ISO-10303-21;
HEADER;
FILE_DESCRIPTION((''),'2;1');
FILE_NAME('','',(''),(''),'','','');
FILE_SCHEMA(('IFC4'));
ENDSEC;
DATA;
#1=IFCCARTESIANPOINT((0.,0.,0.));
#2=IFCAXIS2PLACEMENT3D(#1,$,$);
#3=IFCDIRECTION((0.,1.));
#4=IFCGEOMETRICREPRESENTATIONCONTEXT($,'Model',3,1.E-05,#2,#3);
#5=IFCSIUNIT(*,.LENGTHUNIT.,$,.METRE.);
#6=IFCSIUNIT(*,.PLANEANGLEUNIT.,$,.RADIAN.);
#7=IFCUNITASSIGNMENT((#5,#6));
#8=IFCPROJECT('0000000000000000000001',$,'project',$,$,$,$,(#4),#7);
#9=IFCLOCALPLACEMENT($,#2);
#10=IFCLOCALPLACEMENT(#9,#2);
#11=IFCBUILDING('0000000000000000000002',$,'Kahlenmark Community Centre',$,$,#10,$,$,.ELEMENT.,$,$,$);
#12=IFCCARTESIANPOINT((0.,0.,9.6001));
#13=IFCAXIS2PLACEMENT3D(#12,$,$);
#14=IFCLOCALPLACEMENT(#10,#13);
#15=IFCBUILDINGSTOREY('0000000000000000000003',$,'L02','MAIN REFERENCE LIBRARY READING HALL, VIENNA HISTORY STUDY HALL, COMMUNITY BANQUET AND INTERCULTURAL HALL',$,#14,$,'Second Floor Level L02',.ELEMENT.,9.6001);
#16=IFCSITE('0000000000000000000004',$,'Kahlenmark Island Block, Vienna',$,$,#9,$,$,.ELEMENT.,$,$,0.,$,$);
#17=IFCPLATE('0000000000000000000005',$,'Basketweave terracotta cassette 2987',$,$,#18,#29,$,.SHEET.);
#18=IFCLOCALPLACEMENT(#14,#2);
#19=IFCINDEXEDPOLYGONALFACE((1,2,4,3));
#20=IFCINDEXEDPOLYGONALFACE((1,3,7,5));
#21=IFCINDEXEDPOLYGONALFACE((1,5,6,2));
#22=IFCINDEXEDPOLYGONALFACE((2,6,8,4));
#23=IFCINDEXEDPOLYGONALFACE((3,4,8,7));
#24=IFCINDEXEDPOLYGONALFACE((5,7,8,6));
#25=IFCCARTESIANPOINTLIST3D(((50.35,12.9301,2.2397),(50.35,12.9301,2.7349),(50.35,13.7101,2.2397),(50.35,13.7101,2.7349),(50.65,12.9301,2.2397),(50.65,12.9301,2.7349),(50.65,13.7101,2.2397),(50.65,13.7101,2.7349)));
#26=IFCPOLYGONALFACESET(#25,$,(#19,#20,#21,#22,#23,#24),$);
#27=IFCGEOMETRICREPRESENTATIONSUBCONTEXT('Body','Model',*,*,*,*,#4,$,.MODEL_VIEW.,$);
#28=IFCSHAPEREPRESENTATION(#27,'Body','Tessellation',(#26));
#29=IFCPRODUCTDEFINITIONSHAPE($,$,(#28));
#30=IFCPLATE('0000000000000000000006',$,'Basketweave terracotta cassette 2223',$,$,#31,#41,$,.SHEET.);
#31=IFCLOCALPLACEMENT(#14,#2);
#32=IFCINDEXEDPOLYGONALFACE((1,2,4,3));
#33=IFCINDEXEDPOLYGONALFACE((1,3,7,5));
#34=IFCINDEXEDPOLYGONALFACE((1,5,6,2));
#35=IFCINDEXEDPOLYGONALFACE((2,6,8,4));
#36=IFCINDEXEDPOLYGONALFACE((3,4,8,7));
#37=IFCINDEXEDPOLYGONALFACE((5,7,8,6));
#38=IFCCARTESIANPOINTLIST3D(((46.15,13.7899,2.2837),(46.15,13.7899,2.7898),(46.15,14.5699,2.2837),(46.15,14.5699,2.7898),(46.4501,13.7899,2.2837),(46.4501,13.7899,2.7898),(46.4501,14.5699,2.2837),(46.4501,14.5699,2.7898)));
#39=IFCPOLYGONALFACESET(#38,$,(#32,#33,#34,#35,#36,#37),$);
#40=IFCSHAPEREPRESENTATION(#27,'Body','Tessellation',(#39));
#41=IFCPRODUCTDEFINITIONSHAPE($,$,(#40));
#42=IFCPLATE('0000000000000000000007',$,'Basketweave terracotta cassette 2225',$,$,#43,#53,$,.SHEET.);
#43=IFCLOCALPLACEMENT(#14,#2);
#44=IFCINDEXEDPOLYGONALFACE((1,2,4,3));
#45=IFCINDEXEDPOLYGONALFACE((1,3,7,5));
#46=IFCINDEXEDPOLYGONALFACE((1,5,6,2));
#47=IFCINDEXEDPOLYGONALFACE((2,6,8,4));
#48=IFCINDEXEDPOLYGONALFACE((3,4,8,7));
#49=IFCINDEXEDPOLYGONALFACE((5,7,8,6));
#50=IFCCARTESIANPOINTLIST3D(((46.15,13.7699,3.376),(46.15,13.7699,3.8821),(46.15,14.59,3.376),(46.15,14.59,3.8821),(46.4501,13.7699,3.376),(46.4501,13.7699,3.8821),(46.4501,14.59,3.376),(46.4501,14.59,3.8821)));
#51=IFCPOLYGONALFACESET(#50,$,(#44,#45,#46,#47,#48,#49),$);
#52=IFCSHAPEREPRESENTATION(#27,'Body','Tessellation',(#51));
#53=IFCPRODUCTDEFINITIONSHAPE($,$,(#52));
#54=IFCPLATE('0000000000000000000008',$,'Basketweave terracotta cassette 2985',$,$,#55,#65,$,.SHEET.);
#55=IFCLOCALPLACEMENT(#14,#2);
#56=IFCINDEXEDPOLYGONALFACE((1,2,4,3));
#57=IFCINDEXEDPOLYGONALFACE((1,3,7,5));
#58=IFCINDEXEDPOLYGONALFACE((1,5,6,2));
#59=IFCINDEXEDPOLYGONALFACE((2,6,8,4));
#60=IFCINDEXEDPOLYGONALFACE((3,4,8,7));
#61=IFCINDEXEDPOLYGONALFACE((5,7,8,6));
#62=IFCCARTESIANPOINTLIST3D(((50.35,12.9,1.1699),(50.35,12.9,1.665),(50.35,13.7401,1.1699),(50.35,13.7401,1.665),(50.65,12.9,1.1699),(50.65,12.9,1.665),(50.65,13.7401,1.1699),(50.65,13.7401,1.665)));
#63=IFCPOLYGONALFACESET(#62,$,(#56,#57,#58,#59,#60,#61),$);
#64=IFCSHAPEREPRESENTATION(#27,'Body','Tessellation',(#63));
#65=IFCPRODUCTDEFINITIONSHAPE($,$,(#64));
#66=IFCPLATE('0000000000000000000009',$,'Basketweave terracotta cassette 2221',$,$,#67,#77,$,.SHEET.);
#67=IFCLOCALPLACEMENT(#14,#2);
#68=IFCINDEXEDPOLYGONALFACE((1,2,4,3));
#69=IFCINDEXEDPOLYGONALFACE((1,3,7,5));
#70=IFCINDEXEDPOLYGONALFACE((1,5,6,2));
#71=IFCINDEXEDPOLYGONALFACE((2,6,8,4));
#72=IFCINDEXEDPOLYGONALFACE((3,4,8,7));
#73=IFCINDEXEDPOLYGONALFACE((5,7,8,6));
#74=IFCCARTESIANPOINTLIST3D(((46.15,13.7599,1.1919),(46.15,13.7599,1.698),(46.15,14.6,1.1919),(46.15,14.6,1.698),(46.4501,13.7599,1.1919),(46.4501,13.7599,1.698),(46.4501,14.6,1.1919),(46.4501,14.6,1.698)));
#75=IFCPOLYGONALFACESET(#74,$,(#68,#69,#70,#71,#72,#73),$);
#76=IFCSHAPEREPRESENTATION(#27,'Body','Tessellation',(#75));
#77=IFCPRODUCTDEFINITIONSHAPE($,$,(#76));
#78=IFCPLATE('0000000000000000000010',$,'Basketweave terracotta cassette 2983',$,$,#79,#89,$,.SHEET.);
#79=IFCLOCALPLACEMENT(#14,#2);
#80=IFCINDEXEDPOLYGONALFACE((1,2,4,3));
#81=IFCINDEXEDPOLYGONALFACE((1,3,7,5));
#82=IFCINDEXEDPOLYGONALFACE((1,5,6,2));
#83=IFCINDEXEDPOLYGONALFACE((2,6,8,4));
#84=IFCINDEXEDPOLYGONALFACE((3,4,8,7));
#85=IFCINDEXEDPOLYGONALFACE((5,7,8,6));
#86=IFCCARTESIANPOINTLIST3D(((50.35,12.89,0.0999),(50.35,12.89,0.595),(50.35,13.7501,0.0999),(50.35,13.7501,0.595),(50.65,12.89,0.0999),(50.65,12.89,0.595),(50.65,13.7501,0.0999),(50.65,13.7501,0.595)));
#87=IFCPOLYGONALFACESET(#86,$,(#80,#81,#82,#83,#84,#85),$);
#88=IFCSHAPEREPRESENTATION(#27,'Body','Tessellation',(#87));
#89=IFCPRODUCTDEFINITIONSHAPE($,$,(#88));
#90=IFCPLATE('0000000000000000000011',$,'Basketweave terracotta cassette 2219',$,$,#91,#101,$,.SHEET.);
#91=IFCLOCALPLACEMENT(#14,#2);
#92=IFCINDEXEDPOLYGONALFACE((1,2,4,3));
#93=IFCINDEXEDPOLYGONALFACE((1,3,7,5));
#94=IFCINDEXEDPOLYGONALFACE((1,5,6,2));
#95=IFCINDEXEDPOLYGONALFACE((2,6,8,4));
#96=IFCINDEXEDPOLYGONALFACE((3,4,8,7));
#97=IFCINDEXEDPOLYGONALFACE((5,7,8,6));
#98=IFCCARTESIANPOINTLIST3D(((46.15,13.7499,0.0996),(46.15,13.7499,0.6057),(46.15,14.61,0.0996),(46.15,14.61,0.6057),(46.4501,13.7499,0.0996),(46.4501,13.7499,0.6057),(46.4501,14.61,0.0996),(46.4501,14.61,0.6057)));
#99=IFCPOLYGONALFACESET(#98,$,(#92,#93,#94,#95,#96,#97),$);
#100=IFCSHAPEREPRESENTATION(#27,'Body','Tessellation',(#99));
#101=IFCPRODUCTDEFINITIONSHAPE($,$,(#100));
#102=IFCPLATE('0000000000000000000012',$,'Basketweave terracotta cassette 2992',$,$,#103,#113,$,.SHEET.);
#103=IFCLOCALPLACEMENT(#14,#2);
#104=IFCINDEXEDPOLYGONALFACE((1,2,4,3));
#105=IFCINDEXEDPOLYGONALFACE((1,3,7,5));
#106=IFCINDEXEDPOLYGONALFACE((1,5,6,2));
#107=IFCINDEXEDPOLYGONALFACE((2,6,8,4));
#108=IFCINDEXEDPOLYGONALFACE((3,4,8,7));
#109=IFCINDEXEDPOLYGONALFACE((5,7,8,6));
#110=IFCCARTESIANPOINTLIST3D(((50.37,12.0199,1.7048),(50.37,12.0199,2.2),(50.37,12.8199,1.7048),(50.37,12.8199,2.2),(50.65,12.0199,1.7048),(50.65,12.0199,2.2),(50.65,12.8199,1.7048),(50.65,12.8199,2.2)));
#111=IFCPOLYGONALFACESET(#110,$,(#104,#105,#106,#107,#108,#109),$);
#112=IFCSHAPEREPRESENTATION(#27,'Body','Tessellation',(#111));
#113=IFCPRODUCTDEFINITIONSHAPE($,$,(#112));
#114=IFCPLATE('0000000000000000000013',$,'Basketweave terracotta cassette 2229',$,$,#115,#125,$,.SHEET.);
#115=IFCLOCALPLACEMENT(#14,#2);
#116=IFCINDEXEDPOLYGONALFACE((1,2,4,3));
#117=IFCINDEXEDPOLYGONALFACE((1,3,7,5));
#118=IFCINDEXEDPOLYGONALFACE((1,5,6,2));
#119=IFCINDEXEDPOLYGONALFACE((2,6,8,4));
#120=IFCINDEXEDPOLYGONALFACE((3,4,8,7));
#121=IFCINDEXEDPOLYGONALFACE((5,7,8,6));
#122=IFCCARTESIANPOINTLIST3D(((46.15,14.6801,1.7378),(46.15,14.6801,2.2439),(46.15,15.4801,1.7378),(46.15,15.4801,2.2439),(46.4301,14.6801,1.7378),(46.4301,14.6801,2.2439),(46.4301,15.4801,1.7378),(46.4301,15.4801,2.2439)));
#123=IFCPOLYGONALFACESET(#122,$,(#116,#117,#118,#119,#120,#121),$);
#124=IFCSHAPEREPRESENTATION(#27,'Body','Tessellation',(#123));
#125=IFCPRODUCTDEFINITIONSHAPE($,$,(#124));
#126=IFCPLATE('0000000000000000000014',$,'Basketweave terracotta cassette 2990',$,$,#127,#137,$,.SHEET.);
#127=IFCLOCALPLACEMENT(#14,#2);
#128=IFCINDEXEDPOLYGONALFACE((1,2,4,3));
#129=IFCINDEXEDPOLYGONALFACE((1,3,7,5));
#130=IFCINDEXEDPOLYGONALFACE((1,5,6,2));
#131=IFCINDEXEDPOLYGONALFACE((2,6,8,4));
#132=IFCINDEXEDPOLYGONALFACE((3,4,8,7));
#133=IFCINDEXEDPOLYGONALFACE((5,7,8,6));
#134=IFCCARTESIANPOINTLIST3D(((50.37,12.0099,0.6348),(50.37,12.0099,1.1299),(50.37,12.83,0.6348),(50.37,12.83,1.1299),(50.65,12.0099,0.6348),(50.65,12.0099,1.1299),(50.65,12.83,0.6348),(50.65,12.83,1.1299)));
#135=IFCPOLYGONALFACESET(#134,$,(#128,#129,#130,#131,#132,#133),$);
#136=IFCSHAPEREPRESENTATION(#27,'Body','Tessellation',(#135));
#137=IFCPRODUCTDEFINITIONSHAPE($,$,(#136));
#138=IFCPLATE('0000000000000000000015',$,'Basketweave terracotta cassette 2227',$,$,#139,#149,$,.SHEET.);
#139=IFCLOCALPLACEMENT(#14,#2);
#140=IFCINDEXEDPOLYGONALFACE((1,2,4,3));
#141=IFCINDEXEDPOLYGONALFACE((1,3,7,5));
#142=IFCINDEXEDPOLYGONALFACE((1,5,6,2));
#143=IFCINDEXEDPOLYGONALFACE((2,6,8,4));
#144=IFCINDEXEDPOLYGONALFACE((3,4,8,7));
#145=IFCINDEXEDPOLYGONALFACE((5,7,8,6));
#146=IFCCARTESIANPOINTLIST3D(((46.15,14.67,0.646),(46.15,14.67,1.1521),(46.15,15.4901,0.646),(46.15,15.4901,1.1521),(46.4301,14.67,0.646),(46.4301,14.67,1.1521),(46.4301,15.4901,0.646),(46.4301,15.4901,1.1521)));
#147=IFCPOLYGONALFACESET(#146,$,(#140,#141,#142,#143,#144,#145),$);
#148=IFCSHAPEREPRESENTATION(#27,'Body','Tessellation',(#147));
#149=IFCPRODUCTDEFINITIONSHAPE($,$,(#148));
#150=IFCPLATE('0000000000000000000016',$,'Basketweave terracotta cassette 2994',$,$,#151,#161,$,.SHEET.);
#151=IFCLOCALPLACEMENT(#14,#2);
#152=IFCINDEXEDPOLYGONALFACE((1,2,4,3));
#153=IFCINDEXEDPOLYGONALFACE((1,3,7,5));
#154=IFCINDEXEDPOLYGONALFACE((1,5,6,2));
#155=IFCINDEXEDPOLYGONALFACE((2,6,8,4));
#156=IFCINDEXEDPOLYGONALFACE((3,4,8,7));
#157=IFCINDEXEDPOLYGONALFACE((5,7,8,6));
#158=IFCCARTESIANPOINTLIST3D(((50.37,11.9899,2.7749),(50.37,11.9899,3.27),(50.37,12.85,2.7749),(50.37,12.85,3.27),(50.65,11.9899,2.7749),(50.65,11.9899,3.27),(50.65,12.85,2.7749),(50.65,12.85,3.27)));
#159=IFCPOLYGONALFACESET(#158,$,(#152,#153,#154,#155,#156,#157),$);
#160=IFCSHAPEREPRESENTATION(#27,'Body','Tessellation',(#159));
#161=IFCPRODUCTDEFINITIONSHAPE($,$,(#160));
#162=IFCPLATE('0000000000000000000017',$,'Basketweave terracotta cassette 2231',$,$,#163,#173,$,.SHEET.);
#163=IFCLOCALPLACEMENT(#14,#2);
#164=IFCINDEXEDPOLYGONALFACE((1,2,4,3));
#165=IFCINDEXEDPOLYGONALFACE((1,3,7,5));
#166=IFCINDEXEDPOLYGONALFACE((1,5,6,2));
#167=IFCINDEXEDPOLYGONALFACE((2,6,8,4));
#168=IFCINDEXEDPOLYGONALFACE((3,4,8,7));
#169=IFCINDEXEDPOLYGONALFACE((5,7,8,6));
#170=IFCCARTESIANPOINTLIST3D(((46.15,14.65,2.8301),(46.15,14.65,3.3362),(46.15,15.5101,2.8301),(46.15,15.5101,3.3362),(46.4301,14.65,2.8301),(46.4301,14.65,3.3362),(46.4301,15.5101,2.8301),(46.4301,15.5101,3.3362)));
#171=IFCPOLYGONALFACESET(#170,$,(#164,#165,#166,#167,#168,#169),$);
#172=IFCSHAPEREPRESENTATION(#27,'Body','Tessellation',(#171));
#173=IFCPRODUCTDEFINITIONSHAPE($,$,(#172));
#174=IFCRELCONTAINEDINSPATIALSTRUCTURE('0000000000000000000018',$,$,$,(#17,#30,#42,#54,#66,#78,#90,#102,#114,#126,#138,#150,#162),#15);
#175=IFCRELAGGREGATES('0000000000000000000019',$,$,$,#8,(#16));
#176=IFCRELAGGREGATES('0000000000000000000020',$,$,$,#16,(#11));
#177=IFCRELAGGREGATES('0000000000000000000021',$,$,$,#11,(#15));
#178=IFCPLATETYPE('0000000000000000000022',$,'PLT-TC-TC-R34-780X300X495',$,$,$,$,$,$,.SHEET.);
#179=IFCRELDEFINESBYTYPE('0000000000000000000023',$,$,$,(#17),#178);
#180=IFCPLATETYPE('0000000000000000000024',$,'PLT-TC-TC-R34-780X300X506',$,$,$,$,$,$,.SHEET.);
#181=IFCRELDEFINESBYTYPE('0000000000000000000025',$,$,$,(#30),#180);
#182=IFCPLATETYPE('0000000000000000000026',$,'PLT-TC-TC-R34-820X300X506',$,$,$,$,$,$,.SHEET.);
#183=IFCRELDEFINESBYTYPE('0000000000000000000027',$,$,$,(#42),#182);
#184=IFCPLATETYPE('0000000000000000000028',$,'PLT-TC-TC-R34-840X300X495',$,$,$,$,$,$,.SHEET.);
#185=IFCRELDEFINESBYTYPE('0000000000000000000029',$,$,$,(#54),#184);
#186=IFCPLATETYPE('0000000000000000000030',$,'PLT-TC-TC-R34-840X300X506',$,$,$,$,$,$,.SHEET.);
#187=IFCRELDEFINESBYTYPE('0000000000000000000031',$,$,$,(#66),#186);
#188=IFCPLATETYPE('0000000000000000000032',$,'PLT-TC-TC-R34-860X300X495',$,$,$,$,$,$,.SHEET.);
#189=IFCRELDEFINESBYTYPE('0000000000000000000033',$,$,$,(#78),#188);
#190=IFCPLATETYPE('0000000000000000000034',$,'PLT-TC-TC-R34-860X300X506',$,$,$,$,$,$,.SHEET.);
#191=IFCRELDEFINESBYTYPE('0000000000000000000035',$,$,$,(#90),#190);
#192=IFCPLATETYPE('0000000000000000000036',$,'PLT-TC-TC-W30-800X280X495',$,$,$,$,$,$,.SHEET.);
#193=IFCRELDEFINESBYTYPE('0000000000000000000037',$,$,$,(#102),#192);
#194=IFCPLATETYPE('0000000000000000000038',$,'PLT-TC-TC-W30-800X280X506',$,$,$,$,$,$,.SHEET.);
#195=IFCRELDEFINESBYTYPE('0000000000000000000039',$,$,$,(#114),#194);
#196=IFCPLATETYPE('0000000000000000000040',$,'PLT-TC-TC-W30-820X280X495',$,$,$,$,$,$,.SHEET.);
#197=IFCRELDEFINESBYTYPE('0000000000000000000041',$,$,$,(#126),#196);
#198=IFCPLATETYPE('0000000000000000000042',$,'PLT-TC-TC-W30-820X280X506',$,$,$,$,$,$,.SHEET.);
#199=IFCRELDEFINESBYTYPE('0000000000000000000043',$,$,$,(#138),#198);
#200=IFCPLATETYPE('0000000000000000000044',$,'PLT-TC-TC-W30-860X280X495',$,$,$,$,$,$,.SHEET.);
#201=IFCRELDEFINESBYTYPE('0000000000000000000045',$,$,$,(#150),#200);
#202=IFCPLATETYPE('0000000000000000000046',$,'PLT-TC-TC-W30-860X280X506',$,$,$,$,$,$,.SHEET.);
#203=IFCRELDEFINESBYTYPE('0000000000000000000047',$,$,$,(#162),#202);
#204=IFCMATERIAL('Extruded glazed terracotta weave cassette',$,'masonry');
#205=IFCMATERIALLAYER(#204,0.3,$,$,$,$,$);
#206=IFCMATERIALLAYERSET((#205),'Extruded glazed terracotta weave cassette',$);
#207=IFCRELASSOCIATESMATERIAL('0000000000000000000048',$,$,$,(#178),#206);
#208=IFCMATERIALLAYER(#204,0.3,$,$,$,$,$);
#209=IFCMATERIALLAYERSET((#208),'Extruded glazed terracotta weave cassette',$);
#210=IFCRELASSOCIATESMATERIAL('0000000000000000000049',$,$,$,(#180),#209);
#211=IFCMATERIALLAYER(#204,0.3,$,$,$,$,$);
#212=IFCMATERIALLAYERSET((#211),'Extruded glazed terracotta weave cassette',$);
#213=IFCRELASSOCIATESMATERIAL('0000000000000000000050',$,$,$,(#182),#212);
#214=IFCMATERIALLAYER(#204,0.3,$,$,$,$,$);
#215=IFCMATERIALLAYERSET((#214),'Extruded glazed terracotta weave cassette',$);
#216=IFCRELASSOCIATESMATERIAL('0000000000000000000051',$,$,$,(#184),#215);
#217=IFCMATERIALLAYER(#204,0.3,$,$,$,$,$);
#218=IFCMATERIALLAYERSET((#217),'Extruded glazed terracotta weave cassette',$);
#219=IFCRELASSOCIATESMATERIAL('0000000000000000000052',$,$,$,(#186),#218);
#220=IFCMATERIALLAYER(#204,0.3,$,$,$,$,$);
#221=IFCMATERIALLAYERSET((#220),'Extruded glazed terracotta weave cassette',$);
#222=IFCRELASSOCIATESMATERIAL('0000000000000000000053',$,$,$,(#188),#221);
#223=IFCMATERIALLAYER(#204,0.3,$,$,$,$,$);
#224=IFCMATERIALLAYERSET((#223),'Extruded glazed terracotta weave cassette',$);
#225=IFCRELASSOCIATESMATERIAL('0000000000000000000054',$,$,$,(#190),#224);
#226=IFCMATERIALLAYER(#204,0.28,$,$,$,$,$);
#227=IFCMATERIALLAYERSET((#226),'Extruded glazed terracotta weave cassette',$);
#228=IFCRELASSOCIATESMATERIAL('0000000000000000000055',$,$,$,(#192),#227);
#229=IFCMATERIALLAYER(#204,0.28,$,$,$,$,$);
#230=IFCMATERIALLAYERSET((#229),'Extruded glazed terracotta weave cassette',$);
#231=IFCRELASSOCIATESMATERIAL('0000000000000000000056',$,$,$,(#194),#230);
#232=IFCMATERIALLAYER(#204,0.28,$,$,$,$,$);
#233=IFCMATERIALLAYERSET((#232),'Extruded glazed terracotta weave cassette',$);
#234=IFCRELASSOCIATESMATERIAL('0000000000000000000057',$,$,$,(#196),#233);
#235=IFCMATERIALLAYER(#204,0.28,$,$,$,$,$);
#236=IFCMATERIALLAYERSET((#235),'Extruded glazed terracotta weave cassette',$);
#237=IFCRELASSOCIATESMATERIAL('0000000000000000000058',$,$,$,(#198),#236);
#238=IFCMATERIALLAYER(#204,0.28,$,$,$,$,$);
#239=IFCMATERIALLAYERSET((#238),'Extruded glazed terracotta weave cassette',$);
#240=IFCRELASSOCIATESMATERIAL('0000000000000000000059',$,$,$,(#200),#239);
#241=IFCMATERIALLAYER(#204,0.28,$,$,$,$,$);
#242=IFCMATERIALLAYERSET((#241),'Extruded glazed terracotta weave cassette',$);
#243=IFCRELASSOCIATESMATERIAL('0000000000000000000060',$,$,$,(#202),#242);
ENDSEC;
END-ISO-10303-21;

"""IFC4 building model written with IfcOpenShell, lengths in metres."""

from ifc_helpers import new_model, si_unit, direction, frame, origin, origin_2d, place, context, subcontext, project, spatial, rectangle, extrude, material, layer, layer_set, type_object, element, save


model = new_model("IFC4")

# Units and contexts
model_context = context("Model", 3, precision=1e-05, world=origin(), true_north=direction((0.0, 1.0)))
body_context = subcontext(model_context, "Body", "Model", "MODEL_VIEW")
ifc_project = project(units=[si_unit("LENGTHUNIT", "METRE"), si_unit("PLANEANGLEUNIT", "RADIAN")], contexts=[model_context])

# Site, building, storey
site_placement = place(None, origin())
site = spatial("IfcSite", under=ifc_project, at=site_placement, Name="Kahlenmark Island Block, Vienna", CompositionType="ELEMENT", RefElevation=0.0)
building_placement = place(site_placement, origin())
building = spatial("IfcBuilding", under=site, at=building_placement, Name="Kahlenmark Community Centre", CompositionType="ELEMENT")
storey_placement = place(building_placement, frame((0.0, 0.0, 9.6001)))
storey = spatial("IfcBuildingStorey", under=building, at=storey_placement, Name="L02", Description="MAIN REFERENCE LIBRARY READING HALL, VIENNA HISTORY STUDY HALL, COMMUNITY BANQUET AND INTERCULTURAL HALL", LongName="Second Floor Level L02", CompositionType="ELEMENT", Elevation=9.6001)

# Plates
ifc_material_1 = material(Name="Extruded glazed terracotta weave cassette", Category="masonry")
ifc_layer_1 = layer(ifc_material_1, 0.3)
ifc_layer_set_1 = layer_set([ifc_layer_1], Name="Extruded glazed terracotta weave cassette")
plate_type_1 = type_object("IfcPlateType", Name="PLT-TC-TC-R34-780X300X495", PredefinedType="SHEET", material=ifc_layer_set_1)
plate_1_placement = place(storey_placement, frame((50.5, 13.3201, 2.2397), z_axis=(0.0, 0.0, 1.0), x_axis=(0.0, -1.0, 0.0)))
element("IfcPlate", 1, at=plate_1_placement, inside=storey, type_object=plate_type_1, Name="Basketweave terracotta cassette 2987", PredefinedType="SHEET", context=body_context, shape_type="SweptSolid", body=[
    extrude(rectangle(XDim=0.78, YDim=0.3, at=origin_2d()), origin(), (0.0, 0.0, 1.0), 0.4951),
])
ifc_layer_2 = layer(ifc_material_1, 0.3)
ifc_layer_set_2 = layer_set([ifc_layer_2], Name="Extruded glazed terracotta weave cassette")
plate_type_2 = type_object("IfcPlateType", Name="PLT-TC-TC-R34-780X300X506", PredefinedType="SHEET", material=ifc_layer_set_2)
plate_2_placement = place(storey_placement, frame((46.3, 14.1799, 2.2837), z_axis=(0.0, 0.0, 1.0), x_axis=(0.0, 1.0, 0.0)))
element("IfcPlate", 2, at=plate_2_placement, inside=storey, type_object=plate_type_2, Name="Basketweave terracotta cassette 2223", PredefinedType="SHEET", context=body_context, shape_type="SweptSolid", body=[
    extrude(rectangle(XDim=0.78, YDim=0.3, at=origin_2d()), origin(), (0.0, 0.0, 1.0), 0.5061),
])
ifc_layer_3 = layer(ifc_material_1, 0.3)
ifc_layer_set_3 = layer_set([ifc_layer_3], Name="Extruded glazed terracotta weave cassette")
plate_type_3 = type_object("IfcPlateType", Name="PLT-TC-TC-R34-820X300X506", PredefinedType="SHEET", material=ifc_layer_set_3)
plate_3_placement = place(storey_placement, frame((46.3, 14.1799, 3.376), z_axis=(0.0, 0.0, 1.0), x_axis=(0.0, 1.0, 0.0)))
element("IfcPlate", 3, at=plate_3_placement, inside=storey, type_object=plate_type_3, Name="Basketweave terracotta cassette 2225", PredefinedType="SHEET", context=body_context, shape_type="SweptSolid", body=[
    extrude(rectangle(XDim=0.8201, YDim=0.3, at=origin_2d()), origin(), (0.0, 0.0, 1.0), 0.5061),
])
ifc_layer_4 = layer(ifc_material_1, 0.3)
ifc_layer_set_4 = layer_set([ifc_layer_4], Name="Extruded glazed terracotta weave cassette")
plate_type_4 = type_object("IfcPlateType", Name="PLT-TC-TC-R34-840X300X495", PredefinedType="SHEET", material=ifc_layer_set_4)
plate_4_placement = place(storey_placement, frame((50.5, 13.3201, 1.1699), z_axis=(0.0, 0.0, 1.0), x_axis=(0.0, -1.0, 0.0)))
element("IfcPlate", 4, at=plate_4_placement, inside=storey, type_object=plate_type_4, Name="Basketweave terracotta cassette 2985", PredefinedType="SHEET", context=body_context, shape_type="SweptSolid", body=[
    extrude(rectangle(XDim=0.8401, YDim=0.3, at=origin_2d()), origin(), (0.0, 0.0, 1.0), 0.4951),
])
ifc_layer_5 = layer(ifc_material_1, 0.3)
ifc_layer_set_5 = layer_set([ifc_layer_5], Name="Extruded glazed terracotta weave cassette")
plate_type_5 = type_object("IfcPlateType", Name="PLT-TC-TC-R34-840X300X506", PredefinedType="SHEET", material=ifc_layer_set_5)
plate_5_placement = place(storey_placement, frame((46.3, 14.1799, 1.1919), z_axis=(0.0, 0.0, 1.0), x_axis=(0.0, 1.0, 0.0)))
element("IfcPlate", 5, at=plate_5_placement, inside=storey, type_object=plate_type_5, Name="Basketweave terracotta cassette 2221", PredefinedType="SHEET", context=body_context, shape_type="SweptSolid", body=[
    extrude(rectangle(XDim=0.8401, YDim=0.3, at=origin_2d()), origin(), (0.0, 0.0, 1.0), 0.5061),
])
ifc_layer_6 = layer(ifc_material_1, 0.3)
ifc_layer_set_6 = layer_set([ifc_layer_6], Name="Extruded glazed terracotta weave cassette")
plate_type_6 = type_object("IfcPlateType", Name="PLT-TC-TC-R34-860X300X495", PredefinedType="SHEET", material=ifc_layer_set_6)
plate_6_placement = place(storey_placement, frame((50.5, 13.3201, 0.0999), z_axis=(0.0, 0.0, 1.0), x_axis=(0.0, -1.0, 0.0)))
element("IfcPlate", 6, at=plate_6_placement, inside=storey, type_object=plate_type_6, Name="Basketweave terracotta cassette 2983", PredefinedType="SHEET", context=body_context, shape_type="SweptSolid", body=[
    extrude(rectangle(XDim=0.8601, YDim=0.3, at=origin_2d()), origin(), (0.0, 0.0, 1.0), 0.4951),
])
ifc_layer_7 = layer(ifc_material_1, 0.3)
ifc_layer_set_7 = layer_set([ifc_layer_7], Name="Extruded glazed terracotta weave cassette")
plate_type_7 = type_object("IfcPlateType", Name="PLT-TC-TC-R34-860X300X506", PredefinedType="SHEET", material=ifc_layer_set_7)
plate_7_placement = place(storey_placement, frame((46.3, 14.1799, 0.0996), z_axis=(0.0, 0.0, 1.0), x_axis=(0.0, 1.0, 0.0)))
element("IfcPlate", 7, at=plate_7_placement, inside=storey, type_object=plate_type_7, Name="Basketweave terracotta cassette 2219", PredefinedType="SHEET", context=body_context, shape_type="SweptSolid", body=[
    extrude(rectangle(XDim=0.8601, YDim=0.3, at=origin_2d()), origin(), (0.0, 0.0, 1.0), 0.5061),
])
ifc_layer_8 = layer(ifc_material_1, 0.28)
ifc_layer_set_8 = layer_set([ifc_layer_8], Name="Extruded glazed terracotta weave cassette")
plate_type_8 = type_object("IfcPlateType", Name="PLT-TC-TC-W30-800X280X495", PredefinedType="SHEET", material=ifc_layer_set_8)
plate_8_placement = place(storey_placement, frame((50.51, 12.4199, 1.7048), z_axis=(0.0, 0.0, 1.0), x_axis=(0.0, -1.0, 0.0)))
element("IfcPlate", 8, at=plate_8_placement, inside=storey, type_object=plate_type_8, Name="Basketweave terracotta cassette 2992", PredefinedType="SHEET", context=body_context, shape_type="SweptSolid", body=[
    extrude(rectangle(XDim=0.8, YDim=0.28, at=origin_2d()), origin(), (0.0, 0.0, 1.0), 0.4951),
])
ifc_layer_9 = layer(ifc_material_1, 0.28)
ifc_layer_set_9 = layer_set([ifc_layer_9], Name="Extruded glazed terracotta weave cassette")
plate_type_9 = type_object("IfcPlateType", Name="PLT-TC-TC-W30-800X280X506", PredefinedType="SHEET", material=ifc_layer_set_9)
plate_9_placement = place(storey_placement, frame((46.29, 15.0801, 1.7378), z_axis=(0.0, 0.0, 1.0), x_axis=(0.0, 1.0, 0.0)))
element("IfcPlate", 9, at=plate_9_placement, inside=storey, type_object=plate_type_9, Name="Basketweave terracotta cassette 2229", PredefinedType="SHEET", context=body_context, shape_type="SweptSolid", body=[
    extrude(rectangle(XDim=0.8, YDim=0.28, at=origin_2d()), origin(), (0.0, 0.0, 1.0), 0.5061),
])
ifc_layer_10 = layer(ifc_material_1, 0.28)
ifc_layer_set_10 = layer_set([ifc_layer_10], Name="Extruded glazed terracotta weave cassette")
plate_type_10 = type_object("IfcPlateType", Name="PLT-TC-TC-W30-820X280X495", PredefinedType="SHEET", material=ifc_layer_set_10)
plate_10_placement = place(storey_placement, frame((50.51, 12.4199, 0.6348), z_axis=(0.0, 0.0, 1.0), x_axis=(0.0, -1.0, 0.0)))
element("IfcPlate", 10, at=plate_10_placement, inside=storey, type_object=plate_type_10, Name="Basketweave terracotta cassette 2990", PredefinedType="SHEET", context=body_context, shape_type="SweptSolid", body=[
    extrude(rectangle(XDim=0.8201, YDim=0.28, at=origin_2d()), origin(), (0.0, 0.0, 1.0), 0.4951),
])
ifc_layer_11 = layer(ifc_material_1, 0.28)
ifc_layer_set_11 = layer_set([ifc_layer_11], Name="Extruded glazed terracotta weave cassette")
plate_type_11 = type_object("IfcPlateType", Name="PLT-TC-TC-W30-820X280X506", PredefinedType="SHEET", material=ifc_layer_set_11)
plate_11_placement = place(storey_placement, frame((46.29, 15.0801, 0.646), z_axis=(0.0, 0.0, 1.0), x_axis=(0.0, 1.0, 0.0)))
element("IfcPlate", 11, at=plate_11_placement, inside=storey, type_object=plate_type_11, Name="Basketweave terracotta cassette 2227", PredefinedType="SHEET", context=body_context, shape_type="SweptSolid", body=[
    extrude(rectangle(XDim=0.8201, YDim=0.28, at=origin_2d()), origin(), (0.0, 0.0, 1.0), 0.5061),
])
ifc_layer_12 = layer(ifc_material_1, 0.28)
ifc_layer_set_12 = layer_set([ifc_layer_12], Name="Extruded glazed terracotta weave cassette")
plate_type_12 = type_object("IfcPlateType", Name="PLT-TC-TC-W30-860X280X495", PredefinedType="SHEET", material=ifc_layer_set_12)
plate_12_placement = place(storey_placement, frame((50.51, 12.4199, 2.7749), z_axis=(0.0, 0.0, 1.0), x_axis=(0.0, -1.0, 0.0)))
element("IfcPlate", 12, at=plate_12_placement, inside=storey, type_object=plate_type_12, Name="Basketweave terracotta cassette 2994", PredefinedType="SHEET", context=body_context, shape_type="SweptSolid", body=[
    extrude(rectangle(XDim=0.8601, YDim=0.28, at=origin_2d()), origin(), (0.0, 0.0, 1.0), 0.4951),
])
ifc_layer_13 = layer(ifc_material_1, 0.28)
ifc_layer_set_13 = layer_set([ifc_layer_13], Name="Extruded glazed terracotta weave cassette")
plate_type_13 = type_object("IfcPlateType", Name="PLT-TC-TC-W30-860X280X506", PredefinedType="SHEET", material=ifc_layer_set_13)
plate_13_placement = place(storey_placement, frame((46.29, 15.0801, 2.8301), z_axis=(0.0, 0.0, 1.0), x_axis=(0.0, 1.0, 0.0)))
element("IfcPlate", 13, at=plate_13_placement, inside=storey, type_object=plate_type_13, Name="Basketweave terracotta cassette 2231", PredefinedType="SHEET", context=body_context, shape_type="SweptSolid", body=[
    extrude(rectangle(XDim=0.8601, YDim=0.28, at=origin_2d()), origin(), (0.0, 0.0, 1.0), 0.5061),
])

save(model, "model.ifc")
